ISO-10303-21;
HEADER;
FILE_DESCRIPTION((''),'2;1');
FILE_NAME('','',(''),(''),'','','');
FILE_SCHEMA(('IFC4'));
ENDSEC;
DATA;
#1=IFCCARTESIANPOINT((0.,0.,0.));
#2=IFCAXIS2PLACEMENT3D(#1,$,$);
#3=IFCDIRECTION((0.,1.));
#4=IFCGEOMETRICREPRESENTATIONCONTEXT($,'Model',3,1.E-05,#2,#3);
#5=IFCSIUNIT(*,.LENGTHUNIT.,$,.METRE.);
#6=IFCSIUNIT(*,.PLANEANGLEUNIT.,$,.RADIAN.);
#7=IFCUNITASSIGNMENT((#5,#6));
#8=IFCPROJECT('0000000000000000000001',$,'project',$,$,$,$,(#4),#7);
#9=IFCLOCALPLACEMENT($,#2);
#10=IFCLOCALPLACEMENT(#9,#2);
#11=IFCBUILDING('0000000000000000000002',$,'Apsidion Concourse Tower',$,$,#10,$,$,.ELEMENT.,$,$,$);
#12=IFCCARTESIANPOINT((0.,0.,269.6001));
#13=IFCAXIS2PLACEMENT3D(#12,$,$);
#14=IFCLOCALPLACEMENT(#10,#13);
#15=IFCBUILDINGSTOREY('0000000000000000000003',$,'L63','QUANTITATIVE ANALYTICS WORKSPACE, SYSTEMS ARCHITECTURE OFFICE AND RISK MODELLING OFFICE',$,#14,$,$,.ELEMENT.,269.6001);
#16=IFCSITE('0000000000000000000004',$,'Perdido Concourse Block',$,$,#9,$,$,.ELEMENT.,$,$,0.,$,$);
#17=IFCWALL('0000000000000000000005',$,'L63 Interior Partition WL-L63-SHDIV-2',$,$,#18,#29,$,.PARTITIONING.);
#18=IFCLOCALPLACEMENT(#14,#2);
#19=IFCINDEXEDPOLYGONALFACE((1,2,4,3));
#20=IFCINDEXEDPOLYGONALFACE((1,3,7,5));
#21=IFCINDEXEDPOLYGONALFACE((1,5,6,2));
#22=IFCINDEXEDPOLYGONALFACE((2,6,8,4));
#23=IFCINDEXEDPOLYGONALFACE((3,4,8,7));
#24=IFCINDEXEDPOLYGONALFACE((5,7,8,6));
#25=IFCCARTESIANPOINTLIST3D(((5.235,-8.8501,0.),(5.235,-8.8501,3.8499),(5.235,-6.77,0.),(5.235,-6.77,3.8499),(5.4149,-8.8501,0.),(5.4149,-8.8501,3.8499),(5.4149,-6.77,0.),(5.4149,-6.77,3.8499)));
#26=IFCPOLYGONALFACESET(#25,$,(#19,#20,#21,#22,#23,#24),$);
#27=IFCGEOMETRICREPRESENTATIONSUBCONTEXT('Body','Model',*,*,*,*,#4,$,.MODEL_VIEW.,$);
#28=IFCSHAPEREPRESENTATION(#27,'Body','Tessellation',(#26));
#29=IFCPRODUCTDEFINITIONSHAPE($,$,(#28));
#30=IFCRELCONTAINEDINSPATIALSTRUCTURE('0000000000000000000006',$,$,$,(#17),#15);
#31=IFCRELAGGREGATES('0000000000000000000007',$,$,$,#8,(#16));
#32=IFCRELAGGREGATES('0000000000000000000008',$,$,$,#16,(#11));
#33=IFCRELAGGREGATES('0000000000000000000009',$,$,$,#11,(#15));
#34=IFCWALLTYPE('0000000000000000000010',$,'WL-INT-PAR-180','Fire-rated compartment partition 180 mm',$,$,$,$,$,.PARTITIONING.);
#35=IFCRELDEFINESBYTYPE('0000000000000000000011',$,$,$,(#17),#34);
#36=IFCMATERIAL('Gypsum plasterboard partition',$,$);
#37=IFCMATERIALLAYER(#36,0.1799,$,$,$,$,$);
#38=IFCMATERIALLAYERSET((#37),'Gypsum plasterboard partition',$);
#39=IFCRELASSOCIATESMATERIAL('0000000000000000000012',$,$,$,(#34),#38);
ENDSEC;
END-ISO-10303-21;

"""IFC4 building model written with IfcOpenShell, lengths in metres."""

from ifc_helpers import new_model, si_unit, direction, frame, frame_2d, origin, place, context, subcontext, project, spatial, rectangle, extrude, material, layer, layer_set, type_object, element, save


model = new_model("IFC4")

# Units and contexts
model_context = context("Model", 3, precision=1e-05, world=origin(), true_north=direction((0.0, 1.0)))
body_context = subcontext(model_context, "Body", "Model", "MODEL_VIEW")
ifc_project = project(units=[si_unit("LENGTHUNIT", "METRE"), si_unit("PLANEANGLEUNIT", "RADIAN")], contexts=[model_context])

# Site, building, storey
site_placement = place(None, origin())
site = spatial("IfcSite", under=ifc_project, at=site_placement, Name="Perdido Concourse Block", CompositionType="ELEMENT", RefElevation=0.0)
building_placement = place(site_placement, origin())
building = spatial("IfcBuilding", under=site, at=building_placement, Name="Apsidion Concourse Tower", CompositionType="ELEMENT")
storey_placement = place(building_placement, frame((0.0, 0.0, 269.6001)))
storey = spatial("IfcBuildingStorey", under=building, at=storey_placement, Name="L63", Description="QUANTITATIVE ANALYTICS WORKSPACE, SYSTEMS ARCHITECTURE OFFICE AND RISK MODELLING OFFICE", CompositionType="ELEMENT", Elevation=269.6001)

# Shared definitions
ifc_material_1 = material(Name="Gypsum plasterboard partition")

# Wall
ifc_layer_1 = layer(ifc_material_1, 0.1799)
ifc_layer_set_1 = layer_set([ifc_layer_1], Name="Gypsum plasterboard partition")
wall_type_1 = type_object("IfcWallType", Name="WL-INT-PAR-180", Description="Fire-rated compartment partition 180 mm", PredefinedType="PARTITIONING", material=ifc_layer_set_1)
wall_1_placement = place(storey_placement, frame((5.325, -8.8501, 0.0), z_axis=(0.0, 0.0, 1.0), x_axis=(0.0, 1.0, 0.0)))
element("IfcWall", 1, at=wall_1_placement, inside=storey, type_object=wall_type_1, Name="L63 Interior Partition WL-L63-SHDIV-2", PredefinedType="PARTITIONING", context=body_context, shape_type="SweptSolid", body=[
    extrude(rectangle(XDim=2.0801, YDim=0.1799, at=frame_2d((1.04, 0.0))), origin(), (0.0, 0.0, 1.0), 3.8499),
])

save(model, "model.ifc")
